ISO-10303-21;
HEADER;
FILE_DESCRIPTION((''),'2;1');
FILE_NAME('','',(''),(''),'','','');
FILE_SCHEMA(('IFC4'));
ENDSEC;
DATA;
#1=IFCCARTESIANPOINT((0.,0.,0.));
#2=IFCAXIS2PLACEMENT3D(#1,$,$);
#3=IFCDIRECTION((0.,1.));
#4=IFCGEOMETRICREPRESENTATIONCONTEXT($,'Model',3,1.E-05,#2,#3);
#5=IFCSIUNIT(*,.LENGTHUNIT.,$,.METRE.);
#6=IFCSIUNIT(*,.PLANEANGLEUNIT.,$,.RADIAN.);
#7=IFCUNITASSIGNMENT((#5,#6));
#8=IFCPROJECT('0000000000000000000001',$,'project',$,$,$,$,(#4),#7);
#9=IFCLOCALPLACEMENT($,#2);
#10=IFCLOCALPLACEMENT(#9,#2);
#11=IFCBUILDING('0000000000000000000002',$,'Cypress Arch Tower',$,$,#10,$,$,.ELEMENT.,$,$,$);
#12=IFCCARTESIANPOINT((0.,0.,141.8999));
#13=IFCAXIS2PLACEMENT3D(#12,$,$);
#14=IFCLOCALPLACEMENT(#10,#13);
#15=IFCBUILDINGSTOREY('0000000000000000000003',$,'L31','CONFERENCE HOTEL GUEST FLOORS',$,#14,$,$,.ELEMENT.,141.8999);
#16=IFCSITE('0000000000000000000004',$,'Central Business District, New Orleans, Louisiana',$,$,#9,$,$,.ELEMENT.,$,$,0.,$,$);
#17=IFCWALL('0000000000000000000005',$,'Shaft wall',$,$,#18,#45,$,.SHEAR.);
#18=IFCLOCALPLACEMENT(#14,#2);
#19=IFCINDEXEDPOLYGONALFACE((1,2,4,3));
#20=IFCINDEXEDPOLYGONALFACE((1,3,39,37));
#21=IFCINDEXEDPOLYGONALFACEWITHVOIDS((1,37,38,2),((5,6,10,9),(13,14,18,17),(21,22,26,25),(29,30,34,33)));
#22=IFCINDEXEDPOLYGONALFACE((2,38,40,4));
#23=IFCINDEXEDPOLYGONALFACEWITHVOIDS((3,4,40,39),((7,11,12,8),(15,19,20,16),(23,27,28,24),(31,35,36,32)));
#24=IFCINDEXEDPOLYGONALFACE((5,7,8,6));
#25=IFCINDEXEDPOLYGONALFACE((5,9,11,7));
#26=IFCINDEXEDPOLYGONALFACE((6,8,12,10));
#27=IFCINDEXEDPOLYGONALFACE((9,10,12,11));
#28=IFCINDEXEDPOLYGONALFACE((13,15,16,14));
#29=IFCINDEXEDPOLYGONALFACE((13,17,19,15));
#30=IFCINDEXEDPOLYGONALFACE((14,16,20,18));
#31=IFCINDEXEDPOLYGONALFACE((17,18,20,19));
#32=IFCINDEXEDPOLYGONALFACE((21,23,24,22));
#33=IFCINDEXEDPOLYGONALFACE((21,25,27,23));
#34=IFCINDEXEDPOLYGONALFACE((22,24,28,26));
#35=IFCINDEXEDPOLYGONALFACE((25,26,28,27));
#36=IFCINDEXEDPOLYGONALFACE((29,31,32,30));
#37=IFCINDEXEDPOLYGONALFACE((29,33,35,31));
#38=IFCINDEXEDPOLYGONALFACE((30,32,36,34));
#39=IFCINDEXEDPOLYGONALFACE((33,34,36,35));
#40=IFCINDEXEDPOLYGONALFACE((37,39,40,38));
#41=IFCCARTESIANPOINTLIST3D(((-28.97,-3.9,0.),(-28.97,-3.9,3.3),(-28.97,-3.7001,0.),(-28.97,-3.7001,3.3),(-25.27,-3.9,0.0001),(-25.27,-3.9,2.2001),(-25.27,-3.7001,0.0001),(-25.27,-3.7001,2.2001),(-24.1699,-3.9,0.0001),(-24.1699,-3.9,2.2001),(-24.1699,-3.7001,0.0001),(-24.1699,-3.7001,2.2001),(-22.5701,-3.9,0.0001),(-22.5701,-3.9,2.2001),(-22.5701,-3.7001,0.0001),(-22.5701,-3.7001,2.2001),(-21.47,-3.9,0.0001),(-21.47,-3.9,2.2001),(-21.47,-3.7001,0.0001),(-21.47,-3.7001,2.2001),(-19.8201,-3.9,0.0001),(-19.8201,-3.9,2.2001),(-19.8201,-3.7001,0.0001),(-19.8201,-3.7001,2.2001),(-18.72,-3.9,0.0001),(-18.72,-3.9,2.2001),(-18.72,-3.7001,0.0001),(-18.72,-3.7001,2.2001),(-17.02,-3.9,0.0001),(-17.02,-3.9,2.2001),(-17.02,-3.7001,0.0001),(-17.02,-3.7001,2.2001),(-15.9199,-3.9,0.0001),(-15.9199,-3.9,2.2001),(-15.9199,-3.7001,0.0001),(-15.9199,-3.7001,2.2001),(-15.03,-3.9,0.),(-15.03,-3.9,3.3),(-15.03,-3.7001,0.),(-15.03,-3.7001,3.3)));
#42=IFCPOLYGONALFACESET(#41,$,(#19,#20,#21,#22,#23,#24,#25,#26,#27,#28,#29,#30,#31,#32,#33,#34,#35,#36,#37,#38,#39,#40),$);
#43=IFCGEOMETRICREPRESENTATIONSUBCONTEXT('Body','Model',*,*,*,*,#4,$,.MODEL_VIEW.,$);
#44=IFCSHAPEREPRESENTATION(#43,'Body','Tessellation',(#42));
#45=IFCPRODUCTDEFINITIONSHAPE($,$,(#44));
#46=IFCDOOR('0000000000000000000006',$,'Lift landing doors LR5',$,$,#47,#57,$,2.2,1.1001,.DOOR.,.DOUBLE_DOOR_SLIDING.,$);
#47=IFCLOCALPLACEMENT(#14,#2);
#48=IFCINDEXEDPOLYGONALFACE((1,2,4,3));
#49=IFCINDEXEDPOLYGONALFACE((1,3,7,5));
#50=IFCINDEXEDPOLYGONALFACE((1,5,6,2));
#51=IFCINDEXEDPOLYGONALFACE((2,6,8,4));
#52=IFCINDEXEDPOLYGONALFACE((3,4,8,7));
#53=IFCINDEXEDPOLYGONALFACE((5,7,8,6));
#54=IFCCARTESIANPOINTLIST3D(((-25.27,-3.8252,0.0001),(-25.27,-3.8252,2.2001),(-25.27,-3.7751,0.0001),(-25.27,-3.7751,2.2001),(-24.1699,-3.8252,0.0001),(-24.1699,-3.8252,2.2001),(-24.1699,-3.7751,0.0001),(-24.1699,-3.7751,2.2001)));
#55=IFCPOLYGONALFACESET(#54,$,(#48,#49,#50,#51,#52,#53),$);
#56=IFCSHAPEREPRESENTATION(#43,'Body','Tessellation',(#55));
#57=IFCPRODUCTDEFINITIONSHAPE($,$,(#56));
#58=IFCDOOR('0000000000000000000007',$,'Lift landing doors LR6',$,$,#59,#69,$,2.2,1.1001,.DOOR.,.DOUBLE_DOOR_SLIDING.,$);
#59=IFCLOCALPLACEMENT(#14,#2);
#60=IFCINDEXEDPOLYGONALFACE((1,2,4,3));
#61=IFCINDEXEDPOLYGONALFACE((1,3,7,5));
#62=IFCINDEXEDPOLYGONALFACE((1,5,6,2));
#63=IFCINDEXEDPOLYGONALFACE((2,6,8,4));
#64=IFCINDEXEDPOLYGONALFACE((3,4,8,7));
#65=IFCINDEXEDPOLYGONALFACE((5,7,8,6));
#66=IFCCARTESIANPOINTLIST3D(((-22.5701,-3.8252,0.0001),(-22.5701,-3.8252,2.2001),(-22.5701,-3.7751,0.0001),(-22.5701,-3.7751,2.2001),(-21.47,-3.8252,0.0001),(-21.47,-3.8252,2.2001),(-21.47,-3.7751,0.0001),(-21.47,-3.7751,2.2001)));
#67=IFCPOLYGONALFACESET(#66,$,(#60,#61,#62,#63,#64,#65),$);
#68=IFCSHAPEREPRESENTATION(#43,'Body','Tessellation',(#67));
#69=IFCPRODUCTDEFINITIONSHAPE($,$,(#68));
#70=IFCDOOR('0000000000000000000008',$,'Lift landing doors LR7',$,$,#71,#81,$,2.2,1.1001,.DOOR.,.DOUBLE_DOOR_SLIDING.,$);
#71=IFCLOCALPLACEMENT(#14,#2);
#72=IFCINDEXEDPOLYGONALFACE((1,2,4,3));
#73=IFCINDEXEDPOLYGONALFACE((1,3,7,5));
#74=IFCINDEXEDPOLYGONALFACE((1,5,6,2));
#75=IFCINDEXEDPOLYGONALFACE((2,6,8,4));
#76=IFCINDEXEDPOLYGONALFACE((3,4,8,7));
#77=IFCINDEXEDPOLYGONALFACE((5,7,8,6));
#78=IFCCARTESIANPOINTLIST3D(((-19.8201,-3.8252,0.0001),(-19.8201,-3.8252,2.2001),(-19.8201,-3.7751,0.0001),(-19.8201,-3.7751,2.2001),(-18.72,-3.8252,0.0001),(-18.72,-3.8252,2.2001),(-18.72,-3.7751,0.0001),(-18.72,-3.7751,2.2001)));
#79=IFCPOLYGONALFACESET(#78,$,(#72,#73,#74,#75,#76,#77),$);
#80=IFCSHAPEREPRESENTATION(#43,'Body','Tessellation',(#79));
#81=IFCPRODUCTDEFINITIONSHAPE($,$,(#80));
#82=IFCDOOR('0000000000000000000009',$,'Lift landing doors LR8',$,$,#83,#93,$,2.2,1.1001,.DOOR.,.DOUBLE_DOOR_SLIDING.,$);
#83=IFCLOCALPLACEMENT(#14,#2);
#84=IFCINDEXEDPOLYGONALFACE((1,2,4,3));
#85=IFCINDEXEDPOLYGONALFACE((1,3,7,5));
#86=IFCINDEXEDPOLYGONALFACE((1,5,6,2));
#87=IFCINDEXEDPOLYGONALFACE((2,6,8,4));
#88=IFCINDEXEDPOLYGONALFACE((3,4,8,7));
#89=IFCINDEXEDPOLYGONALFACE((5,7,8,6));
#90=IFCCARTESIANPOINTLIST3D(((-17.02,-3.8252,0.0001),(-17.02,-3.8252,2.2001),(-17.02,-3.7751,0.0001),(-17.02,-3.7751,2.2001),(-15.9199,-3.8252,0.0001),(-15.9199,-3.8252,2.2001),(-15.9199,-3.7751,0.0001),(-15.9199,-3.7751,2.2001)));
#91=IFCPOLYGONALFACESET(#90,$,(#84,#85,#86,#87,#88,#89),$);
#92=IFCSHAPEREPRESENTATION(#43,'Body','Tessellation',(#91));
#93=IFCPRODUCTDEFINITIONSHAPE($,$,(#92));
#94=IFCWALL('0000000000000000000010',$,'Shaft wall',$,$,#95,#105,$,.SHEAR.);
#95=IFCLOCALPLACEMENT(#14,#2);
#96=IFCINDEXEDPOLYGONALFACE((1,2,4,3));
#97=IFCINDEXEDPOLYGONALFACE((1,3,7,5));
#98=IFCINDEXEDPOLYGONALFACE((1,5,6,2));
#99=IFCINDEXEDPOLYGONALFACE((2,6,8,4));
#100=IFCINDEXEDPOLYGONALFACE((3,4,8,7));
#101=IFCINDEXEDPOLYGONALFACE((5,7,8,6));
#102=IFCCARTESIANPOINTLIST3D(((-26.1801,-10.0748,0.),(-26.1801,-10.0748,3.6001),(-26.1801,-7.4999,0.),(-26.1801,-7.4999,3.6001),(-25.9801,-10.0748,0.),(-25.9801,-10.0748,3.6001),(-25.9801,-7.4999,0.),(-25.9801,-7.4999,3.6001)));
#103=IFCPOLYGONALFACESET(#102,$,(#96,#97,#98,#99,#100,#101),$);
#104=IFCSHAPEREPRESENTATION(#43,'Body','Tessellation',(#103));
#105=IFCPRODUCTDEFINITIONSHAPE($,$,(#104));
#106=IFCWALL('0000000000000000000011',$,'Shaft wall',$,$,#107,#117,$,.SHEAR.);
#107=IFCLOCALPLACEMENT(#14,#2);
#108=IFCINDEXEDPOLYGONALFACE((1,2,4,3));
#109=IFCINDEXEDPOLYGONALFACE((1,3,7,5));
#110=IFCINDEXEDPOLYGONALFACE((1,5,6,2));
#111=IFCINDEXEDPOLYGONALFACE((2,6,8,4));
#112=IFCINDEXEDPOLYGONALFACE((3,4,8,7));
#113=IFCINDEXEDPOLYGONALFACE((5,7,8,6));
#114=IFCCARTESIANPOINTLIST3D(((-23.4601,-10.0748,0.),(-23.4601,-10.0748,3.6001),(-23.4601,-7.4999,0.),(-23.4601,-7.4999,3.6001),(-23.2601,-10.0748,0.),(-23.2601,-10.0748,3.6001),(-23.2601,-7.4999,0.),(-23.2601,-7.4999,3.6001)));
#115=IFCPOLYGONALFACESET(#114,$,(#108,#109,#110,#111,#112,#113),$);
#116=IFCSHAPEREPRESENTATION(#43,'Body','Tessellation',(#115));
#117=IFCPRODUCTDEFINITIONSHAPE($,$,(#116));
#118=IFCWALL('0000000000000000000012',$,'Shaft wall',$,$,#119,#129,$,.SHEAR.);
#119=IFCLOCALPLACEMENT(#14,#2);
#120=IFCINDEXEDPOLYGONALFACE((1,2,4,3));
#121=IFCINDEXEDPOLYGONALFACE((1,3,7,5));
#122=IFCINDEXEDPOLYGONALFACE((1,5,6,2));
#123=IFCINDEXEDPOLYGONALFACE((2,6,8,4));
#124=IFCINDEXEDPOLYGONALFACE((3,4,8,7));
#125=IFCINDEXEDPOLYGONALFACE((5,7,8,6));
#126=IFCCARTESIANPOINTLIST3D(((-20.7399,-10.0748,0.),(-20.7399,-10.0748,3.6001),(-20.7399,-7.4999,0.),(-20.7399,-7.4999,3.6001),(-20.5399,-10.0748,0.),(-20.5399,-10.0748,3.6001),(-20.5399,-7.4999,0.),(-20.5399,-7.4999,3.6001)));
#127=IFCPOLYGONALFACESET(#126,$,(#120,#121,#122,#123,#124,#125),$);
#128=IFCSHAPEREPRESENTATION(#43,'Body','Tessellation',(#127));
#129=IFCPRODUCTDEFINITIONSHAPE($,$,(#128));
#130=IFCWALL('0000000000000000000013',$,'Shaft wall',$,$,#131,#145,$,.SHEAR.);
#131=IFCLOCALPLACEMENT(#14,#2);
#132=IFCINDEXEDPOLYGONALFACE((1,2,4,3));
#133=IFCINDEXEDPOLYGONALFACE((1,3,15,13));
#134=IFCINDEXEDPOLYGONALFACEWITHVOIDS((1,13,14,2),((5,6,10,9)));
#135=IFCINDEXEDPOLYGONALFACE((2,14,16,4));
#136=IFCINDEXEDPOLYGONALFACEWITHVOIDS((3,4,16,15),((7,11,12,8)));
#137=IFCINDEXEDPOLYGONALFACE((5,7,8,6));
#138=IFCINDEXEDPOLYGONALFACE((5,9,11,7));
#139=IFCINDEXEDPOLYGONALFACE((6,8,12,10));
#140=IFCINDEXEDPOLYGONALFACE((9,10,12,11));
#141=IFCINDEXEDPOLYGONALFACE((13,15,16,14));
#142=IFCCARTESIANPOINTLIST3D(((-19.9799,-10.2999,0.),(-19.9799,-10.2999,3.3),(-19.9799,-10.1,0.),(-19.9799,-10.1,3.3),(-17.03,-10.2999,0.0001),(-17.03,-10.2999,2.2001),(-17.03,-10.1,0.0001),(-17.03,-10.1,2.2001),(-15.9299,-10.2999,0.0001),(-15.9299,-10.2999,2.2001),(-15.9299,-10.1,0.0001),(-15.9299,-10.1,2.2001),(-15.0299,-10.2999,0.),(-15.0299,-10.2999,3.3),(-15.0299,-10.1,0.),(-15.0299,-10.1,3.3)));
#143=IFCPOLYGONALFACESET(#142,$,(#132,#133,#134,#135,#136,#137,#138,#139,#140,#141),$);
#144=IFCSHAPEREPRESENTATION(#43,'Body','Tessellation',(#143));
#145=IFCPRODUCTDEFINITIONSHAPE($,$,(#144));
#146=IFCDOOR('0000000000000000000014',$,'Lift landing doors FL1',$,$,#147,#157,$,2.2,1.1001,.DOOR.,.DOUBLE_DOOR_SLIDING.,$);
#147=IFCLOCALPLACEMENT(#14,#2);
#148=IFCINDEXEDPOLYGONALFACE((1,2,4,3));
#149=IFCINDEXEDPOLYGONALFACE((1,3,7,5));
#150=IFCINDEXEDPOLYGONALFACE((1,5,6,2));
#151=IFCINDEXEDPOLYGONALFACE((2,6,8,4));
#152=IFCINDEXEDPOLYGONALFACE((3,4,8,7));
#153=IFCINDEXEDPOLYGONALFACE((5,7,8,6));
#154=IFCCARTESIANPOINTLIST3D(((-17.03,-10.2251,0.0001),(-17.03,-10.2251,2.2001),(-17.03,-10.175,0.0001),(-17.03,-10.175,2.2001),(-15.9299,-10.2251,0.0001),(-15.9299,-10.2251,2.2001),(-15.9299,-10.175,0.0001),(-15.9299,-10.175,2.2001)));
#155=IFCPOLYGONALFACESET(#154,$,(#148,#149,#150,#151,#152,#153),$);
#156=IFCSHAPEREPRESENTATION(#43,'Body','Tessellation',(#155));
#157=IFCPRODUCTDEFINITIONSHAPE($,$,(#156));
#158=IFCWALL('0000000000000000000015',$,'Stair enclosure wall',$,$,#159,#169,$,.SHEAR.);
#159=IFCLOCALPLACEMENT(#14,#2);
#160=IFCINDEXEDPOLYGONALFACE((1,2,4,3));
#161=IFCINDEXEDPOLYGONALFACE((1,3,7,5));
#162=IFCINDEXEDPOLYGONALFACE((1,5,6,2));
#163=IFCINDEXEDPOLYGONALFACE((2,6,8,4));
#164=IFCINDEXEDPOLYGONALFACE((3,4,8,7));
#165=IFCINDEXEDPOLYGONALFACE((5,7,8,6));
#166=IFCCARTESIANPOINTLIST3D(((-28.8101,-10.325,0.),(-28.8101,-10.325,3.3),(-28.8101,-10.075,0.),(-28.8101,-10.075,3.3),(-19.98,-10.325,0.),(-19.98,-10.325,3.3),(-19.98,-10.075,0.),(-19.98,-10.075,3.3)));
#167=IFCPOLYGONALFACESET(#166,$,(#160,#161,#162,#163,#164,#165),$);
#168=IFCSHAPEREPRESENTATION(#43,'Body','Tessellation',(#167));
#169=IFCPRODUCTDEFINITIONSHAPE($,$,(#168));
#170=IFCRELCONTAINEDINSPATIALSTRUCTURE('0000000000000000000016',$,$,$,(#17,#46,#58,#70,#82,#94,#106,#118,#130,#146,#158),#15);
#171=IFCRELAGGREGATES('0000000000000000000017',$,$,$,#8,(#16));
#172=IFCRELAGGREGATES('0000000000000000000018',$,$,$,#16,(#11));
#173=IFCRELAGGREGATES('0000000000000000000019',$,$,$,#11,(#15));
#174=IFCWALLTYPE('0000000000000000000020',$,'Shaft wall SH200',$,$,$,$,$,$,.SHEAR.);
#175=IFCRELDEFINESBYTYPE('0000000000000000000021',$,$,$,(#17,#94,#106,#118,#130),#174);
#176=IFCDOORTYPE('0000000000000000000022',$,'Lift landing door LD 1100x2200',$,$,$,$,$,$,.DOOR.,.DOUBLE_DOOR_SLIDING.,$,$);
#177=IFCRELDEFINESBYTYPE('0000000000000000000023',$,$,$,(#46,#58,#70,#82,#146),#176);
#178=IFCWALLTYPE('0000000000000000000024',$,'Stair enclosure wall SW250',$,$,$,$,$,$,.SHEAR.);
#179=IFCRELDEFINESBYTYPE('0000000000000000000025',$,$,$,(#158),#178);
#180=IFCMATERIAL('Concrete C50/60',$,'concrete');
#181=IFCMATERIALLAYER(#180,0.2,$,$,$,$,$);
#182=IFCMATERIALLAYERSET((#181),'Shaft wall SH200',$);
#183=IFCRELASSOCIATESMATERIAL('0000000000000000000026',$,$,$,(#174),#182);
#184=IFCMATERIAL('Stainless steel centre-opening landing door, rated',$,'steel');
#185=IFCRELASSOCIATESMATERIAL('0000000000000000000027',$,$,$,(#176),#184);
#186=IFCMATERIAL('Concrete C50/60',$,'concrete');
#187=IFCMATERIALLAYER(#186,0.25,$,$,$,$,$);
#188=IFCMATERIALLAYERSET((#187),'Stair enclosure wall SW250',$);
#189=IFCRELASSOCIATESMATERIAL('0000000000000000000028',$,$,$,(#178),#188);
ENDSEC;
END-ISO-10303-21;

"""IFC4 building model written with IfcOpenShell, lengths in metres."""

from ifc_helpers import new_model, si_unit, direction, frame, frame_2d, origin, place, context, subcontext, project, spatial, rectangle, extrude, material, layer, layer_set, type_object, element, fill, save


model = new_model("IFC4")

# Units and contexts
model_context = context("Model", 3, precision=1e-05, world=origin(), true_north=direction((0.0, 1.0)))
body_context = subcontext(model_context, "Body", "Model", "MODEL_VIEW")
ifc_project = project(units=[si_unit("LENGTHUNIT", "METRE"), si_unit("PLANEANGLEUNIT", "RADIAN")], contexts=[model_context])

# Site, building, storey
site_placement = place(None, origin())
site = spatial("IfcSite", under=ifc_project, at=site_placement, Name="Central Business District, New Orleans, Louisiana", CompositionType="ELEMENT", RefElevation=0.0)
building_placement = place(site_placement, origin())
building = spatial("IfcBuilding", under=site, at=building_placement, Name="Cypress Arch Tower", CompositionType="ELEMENT")
storey_placement = place(building_placement, frame((0.0, 0.0, 141.8999)))
storey = spatial("IfcBuildingStorey", under=building, at=storey_placement, Name="L31", Description="CONFERENCE HOTEL GUEST FLOORS", CompositionType="ELEMENT", Elevation=141.8999)

# Wall, openings, doors
ifc_material_1 = material(Name="Concrete C50/60", Category="concrete")
ifc_layer_1 = layer(ifc_material_1, 0.2)
ifc_layer_set_1 = layer_set([ifc_layer_1], Name="Shaft wall SH200")
wall_type_1 = type_object("IfcWallType", Name="Shaft wall SH200", PredefinedType="SHEAR", material=ifc_layer_set_1)
ifc_material_2 = material(Name="Stainless steel centre-opening landing door, rated", Category="steel")
door_type = type_object("IfcDoorType", Name="Lift landing door LD 1100x2200", OperationType="DOUBLE_DOOR_SLIDING", PredefinedType="DOOR", material=ifc_material_2)
wall_1_placement = place(storey_placement, frame((-28.97, -3.8, 0.0), z_axis=(0.0, 0.0, 1.0), x_axis=(1.0, 0.0, 0.0)))
wall_1 = element("IfcWall", 1, at=wall_1_placement, inside=storey, type_object=wall_type_1, Name="Shaft wall", PredefinedType="SHEAR", context=body_context, shape_type="SweptSolid", body=[
    extrude(rectangle(XDim=13.9399, YDim=0.2, at=frame_2d((6.97, 0.0))), origin(), (0.0, 0.0, 1.0), 3.3),
])
opening_1_placement = place(wall_1_placement, frame((3.7, 0.0, 0.0)))
opening_1 = element("IfcOpeningElement", 2, at=opening_1_placement, cuts=wall_1, PredefinedType="OPENING", context=body_context, shape_type="SweptSolid", body=[
    extrude(rectangle(XDim=1.1001, YDim=2.2, at=frame_2d((0.55, 1.1001))), frame((0.0, 0.1099, 0.0), z_axis=(0.0, -1.0, 0.0), x_axis=(1.0, 0.0, 0.0)), (0.0, 0.0, 1.0), 0.22),
])
opening_2_placement = place(wall_1_placement, frame((6.3999, 0.0, 0.0)))
opening_2 = element("IfcOpeningElement", 3, at=opening_2_placement, cuts=wall_1, PredefinedType="OPENING", context=body_context, shape_type="SweptSolid", body=[
    extrude(rectangle(XDim=1.1001, YDim=2.2, at=frame_2d((0.55, 1.1001))), frame((0.0, 0.1099, 0.0), z_axis=(0.0, -1.0, 0.0), x_axis=(1.0, 0.0, 0.0)), (0.0, 0.0, 1.0), 0.22),
])
opening_3_placement = place(wall_1_placement, frame((9.1499, 0.0, 0.0)))
opening_3 = element("IfcOpeningElement", 4, at=opening_3_placement, cuts=wall_1, PredefinedType="OPENING", context=body_context, shape_type="SweptSolid", body=[
    extrude(rectangle(XDim=1.1001, YDim=2.2, at=frame_2d((0.55, 1.1001))), frame((0.0, 0.1099, 0.0), z_axis=(0.0, -1.0, 0.0), x_axis=(1.0, 0.0, 0.0)), (0.0, 0.0, 1.0), 0.22),
])
opening_4_placement = place(wall_1_placement, frame((11.95, 0.0, 0.0)))
opening_4 = element("IfcOpeningElement", 5, at=opening_4_placement, cuts=wall_1, PredefinedType="OPENING", context=body_context, shape_type="SweptSolid", body=[
    extrude(rectangle(XDim=1.1001, YDim=2.2, at=frame_2d((0.55, 1.1001))), frame((0.0, 0.1099, 0.0), z_axis=(0.0, -1.0, 0.0), x_axis=(1.0, 0.0, 0.0)), (0.0, 0.0, 1.0), 0.22),
])
door_1_placement = place(opening_1_placement, origin())
door_1 = element("IfcDoor", 6, at=door_1_placement, inside=storey, type_object=door_type, Name="Lift landing doors LR5", OperationType="DOUBLE_DOOR_SLIDING", OverallHeight=2.2, OverallWidth=1.1001, PredefinedType="DOOR", context=body_context, shape_type="SweptSolid", body=[
    extrude(rectangle(XDim=1.1001, YDim=2.2, at=frame_2d((0.55, 1.1001))), frame((0.0, 0.0249, 0.0), z_axis=(0.0, -1.0, 0.0), x_axis=(1.0, 0.0, 0.0)), (0.0, 0.0, 1.0), 0.05),
])
fill(opening_1, door_1)
door_2_placement = place(opening_2_placement, origin())
door_2 = element("IfcDoor", 7, at=door_2_placement, inside=storey, type_object=door_type, Name="Lift landing doors LR6", OperationType="DOUBLE_DOOR_SLIDING", OverallHeight=2.2, OverallWidth=1.1001, PredefinedType="DOOR", context=body_context, shape_type="SweptSolid", body=[
    extrude(rectangle(XDim=1.1001, YDim=2.2, at=frame_2d((0.55, 1.1001))), frame((0.0, 0.0249, 0.0), z_axis=(0.0, -1.0, 0.0), x_axis=(1.0, 0.0, 0.0)), (0.0, 0.0, 1.0), 0.05),
])
fill(opening_2, door_2)
door_3_placement = place(opening_3_placement, origin())
door_3 = element("IfcDoor", 8, at=door_3_placement, inside=storey, type_object=door_type, Name="Lift landing doors LR7", OperationType="DOUBLE_DOOR_SLIDING", OverallHeight=2.2, OverallWidth=1.1001, PredefinedType="DOOR", context=body_context, shape_type="SweptSolid", body=[
    extrude(rectangle(XDim=1.1001, YDim=2.2, at=frame_2d((0.55, 1.1001))), frame((0.0, 0.0249, 0.0), z_axis=(0.0, -1.0, 0.0), x_axis=(1.0, 0.0, 0.0)), (0.0, 0.0, 1.0), 0.05),
])
fill(opening_3, door_3)
door_4_placement = place(opening_4_placement, origin())
door_4 = element("IfcDoor", 9, at=door_4_placement, inside=storey, type_object=door_type, Name="Lift landing doors LR8", OperationType="DOUBLE_DOOR_SLIDING", OverallHeight=2.2, OverallWidth=1.1001, PredefinedType="DOOR", context=body_context, shape_type="SweptSolid", body=[
    extrude(rectangle(XDim=1.1001, YDim=2.2, at=frame_2d((0.55, 1.1001))), frame((0.0, 0.0249, 0.0), z_axis=(0.0, -1.0, 0.0), x_axis=(1.0, 0.0, 0.0)), (0.0, 0.0, 1.0), 0.05),
])
fill(opening_4, door_4)

# Walls
for number, where, z_axis, x_axis, name in (
    (10, (-26.0801, -10.075, 0.0), (0.0, 0.0, 1.0), (0.0, 1.0, 0.0), "Shaft wall"),
    (11, (-23.3601, -10.075, 0.0), (0.0, 0.0, 1.0), (0.0, 1.0, 0.0), "Shaft wall"),
    (12, (-20.6399, -10.075, 0.0), (0.0, 0.0, 1.0), (0.0, 1.0, 0.0), "Shaft wall"),
):
    element("IfcWall", number, at=place(storey_placement, frame(where, z_axis=z_axis, x_axis=x_axis)), inside=storey, type_object=wall_type_1, Name=name, PredefinedType="SHEAR", context=body_context, shape_type="SweptSolid", body=[
        extrude(rectangle(XDim=2.575, YDim=0.2, at=frame_2d((1.2876, 0.0))), origin(), (0.0, 0.0, 1.0), 3.6001),
    ])

# Wall, opening, door
wall_2_placement = place(storey_placement, frame((-19.98, -10.2, 0.0), z_axis=(0.0, 0.0, 1.0), x_axis=(1.0, 0.0, 0.0)))
wall_2 = element("IfcWall", 13, at=wall_2_placement, inside=storey, type_object=wall_type_1, Name="Shaft wall", PredefinedType="SHEAR", context=body_context, shape_type="SweptSolid", body=[
    extrude(rectangle(XDim=4.95, YDim=0.2, at=frame_2d((2.4751, 0.0))), origin(), (0.0, 0.0, 1.0), 3.3),
])
opening_5_placement = place(wall_2_placement, frame((2.95, 0.0, 0.0)))
opening_5 = element("IfcOpeningElement", 14, at=opening_5_placement, cuts=wall_2, PredefinedType="OPENING", context=body_context, shape_type="SweptSolid", body=[
    extrude(rectangle(XDim=1.1001, YDim=2.2, at=frame_2d((0.55, 1.1001))), frame((0.0, 0.1099, 0.0), z_axis=(0.0, -1.0, 0.0), x_axis=(1.0, 0.0, 0.0)), (0.0, 0.0, 1.0), 0.22),
])
door_5_placement = place(opening_5_placement, origin())
door_5 = element("IfcDoor", 15, at=door_5_placement, inside=storey, type_object=door_type, Name="Lift landing doors FL1", OperationType="DOUBLE_DOOR_SLIDING", OverallHeight=2.2, OverallWidth=1.1001, PredefinedType="DOOR", context=body_context, shape_type="SweptSolid", body=[
    extrude(rectangle(XDim=1.1001, YDim=2.2, at=frame_2d((0.55, 1.1001))), frame((0.0, 0.0249, 0.0), z_axis=(0.0, -1.0, 0.0), x_axis=(1.0, 0.0, 0.0)), (0.0, 0.0, 1.0), 0.05),
])
fill(opening_5, door_5)

# Wall
ifc_material_3 = material(Name="Concrete C50/60", Category="concrete")
ifc_layer_2 = layer(ifc_material_3, 0.25)
ifc_layer_set_2 = layer_set([ifc_layer_2], Name="Stair enclosure wall SW250")
wall_type_2 = type_object("IfcWallType", Name="Stair enclosure wall SW250", PredefinedType="SHEAR", material=ifc_layer_set_2)
wall_3_placement = place(storey_placement, frame((-28.8101, -10.2, 0.0), z_axis=(0.0, 0.0, 1.0), x_axis=(1.0, 0.0, 0.0)))
element("IfcWall", 16, at=wall_3_placement, inside=storey, type_object=wall_type_2, Name="Stair enclosure wall", PredefinedType="SHEAR", context=body_context, shape_type="SweptSolid", body=[
    extrude(rectangle(XDim=8.8301, YDim=0.25, at=frame_2d((4.415, 0.0))), origin(), (0.0, 0.0, 1.0), 3.3),
])

save(model, "model.ifc")
